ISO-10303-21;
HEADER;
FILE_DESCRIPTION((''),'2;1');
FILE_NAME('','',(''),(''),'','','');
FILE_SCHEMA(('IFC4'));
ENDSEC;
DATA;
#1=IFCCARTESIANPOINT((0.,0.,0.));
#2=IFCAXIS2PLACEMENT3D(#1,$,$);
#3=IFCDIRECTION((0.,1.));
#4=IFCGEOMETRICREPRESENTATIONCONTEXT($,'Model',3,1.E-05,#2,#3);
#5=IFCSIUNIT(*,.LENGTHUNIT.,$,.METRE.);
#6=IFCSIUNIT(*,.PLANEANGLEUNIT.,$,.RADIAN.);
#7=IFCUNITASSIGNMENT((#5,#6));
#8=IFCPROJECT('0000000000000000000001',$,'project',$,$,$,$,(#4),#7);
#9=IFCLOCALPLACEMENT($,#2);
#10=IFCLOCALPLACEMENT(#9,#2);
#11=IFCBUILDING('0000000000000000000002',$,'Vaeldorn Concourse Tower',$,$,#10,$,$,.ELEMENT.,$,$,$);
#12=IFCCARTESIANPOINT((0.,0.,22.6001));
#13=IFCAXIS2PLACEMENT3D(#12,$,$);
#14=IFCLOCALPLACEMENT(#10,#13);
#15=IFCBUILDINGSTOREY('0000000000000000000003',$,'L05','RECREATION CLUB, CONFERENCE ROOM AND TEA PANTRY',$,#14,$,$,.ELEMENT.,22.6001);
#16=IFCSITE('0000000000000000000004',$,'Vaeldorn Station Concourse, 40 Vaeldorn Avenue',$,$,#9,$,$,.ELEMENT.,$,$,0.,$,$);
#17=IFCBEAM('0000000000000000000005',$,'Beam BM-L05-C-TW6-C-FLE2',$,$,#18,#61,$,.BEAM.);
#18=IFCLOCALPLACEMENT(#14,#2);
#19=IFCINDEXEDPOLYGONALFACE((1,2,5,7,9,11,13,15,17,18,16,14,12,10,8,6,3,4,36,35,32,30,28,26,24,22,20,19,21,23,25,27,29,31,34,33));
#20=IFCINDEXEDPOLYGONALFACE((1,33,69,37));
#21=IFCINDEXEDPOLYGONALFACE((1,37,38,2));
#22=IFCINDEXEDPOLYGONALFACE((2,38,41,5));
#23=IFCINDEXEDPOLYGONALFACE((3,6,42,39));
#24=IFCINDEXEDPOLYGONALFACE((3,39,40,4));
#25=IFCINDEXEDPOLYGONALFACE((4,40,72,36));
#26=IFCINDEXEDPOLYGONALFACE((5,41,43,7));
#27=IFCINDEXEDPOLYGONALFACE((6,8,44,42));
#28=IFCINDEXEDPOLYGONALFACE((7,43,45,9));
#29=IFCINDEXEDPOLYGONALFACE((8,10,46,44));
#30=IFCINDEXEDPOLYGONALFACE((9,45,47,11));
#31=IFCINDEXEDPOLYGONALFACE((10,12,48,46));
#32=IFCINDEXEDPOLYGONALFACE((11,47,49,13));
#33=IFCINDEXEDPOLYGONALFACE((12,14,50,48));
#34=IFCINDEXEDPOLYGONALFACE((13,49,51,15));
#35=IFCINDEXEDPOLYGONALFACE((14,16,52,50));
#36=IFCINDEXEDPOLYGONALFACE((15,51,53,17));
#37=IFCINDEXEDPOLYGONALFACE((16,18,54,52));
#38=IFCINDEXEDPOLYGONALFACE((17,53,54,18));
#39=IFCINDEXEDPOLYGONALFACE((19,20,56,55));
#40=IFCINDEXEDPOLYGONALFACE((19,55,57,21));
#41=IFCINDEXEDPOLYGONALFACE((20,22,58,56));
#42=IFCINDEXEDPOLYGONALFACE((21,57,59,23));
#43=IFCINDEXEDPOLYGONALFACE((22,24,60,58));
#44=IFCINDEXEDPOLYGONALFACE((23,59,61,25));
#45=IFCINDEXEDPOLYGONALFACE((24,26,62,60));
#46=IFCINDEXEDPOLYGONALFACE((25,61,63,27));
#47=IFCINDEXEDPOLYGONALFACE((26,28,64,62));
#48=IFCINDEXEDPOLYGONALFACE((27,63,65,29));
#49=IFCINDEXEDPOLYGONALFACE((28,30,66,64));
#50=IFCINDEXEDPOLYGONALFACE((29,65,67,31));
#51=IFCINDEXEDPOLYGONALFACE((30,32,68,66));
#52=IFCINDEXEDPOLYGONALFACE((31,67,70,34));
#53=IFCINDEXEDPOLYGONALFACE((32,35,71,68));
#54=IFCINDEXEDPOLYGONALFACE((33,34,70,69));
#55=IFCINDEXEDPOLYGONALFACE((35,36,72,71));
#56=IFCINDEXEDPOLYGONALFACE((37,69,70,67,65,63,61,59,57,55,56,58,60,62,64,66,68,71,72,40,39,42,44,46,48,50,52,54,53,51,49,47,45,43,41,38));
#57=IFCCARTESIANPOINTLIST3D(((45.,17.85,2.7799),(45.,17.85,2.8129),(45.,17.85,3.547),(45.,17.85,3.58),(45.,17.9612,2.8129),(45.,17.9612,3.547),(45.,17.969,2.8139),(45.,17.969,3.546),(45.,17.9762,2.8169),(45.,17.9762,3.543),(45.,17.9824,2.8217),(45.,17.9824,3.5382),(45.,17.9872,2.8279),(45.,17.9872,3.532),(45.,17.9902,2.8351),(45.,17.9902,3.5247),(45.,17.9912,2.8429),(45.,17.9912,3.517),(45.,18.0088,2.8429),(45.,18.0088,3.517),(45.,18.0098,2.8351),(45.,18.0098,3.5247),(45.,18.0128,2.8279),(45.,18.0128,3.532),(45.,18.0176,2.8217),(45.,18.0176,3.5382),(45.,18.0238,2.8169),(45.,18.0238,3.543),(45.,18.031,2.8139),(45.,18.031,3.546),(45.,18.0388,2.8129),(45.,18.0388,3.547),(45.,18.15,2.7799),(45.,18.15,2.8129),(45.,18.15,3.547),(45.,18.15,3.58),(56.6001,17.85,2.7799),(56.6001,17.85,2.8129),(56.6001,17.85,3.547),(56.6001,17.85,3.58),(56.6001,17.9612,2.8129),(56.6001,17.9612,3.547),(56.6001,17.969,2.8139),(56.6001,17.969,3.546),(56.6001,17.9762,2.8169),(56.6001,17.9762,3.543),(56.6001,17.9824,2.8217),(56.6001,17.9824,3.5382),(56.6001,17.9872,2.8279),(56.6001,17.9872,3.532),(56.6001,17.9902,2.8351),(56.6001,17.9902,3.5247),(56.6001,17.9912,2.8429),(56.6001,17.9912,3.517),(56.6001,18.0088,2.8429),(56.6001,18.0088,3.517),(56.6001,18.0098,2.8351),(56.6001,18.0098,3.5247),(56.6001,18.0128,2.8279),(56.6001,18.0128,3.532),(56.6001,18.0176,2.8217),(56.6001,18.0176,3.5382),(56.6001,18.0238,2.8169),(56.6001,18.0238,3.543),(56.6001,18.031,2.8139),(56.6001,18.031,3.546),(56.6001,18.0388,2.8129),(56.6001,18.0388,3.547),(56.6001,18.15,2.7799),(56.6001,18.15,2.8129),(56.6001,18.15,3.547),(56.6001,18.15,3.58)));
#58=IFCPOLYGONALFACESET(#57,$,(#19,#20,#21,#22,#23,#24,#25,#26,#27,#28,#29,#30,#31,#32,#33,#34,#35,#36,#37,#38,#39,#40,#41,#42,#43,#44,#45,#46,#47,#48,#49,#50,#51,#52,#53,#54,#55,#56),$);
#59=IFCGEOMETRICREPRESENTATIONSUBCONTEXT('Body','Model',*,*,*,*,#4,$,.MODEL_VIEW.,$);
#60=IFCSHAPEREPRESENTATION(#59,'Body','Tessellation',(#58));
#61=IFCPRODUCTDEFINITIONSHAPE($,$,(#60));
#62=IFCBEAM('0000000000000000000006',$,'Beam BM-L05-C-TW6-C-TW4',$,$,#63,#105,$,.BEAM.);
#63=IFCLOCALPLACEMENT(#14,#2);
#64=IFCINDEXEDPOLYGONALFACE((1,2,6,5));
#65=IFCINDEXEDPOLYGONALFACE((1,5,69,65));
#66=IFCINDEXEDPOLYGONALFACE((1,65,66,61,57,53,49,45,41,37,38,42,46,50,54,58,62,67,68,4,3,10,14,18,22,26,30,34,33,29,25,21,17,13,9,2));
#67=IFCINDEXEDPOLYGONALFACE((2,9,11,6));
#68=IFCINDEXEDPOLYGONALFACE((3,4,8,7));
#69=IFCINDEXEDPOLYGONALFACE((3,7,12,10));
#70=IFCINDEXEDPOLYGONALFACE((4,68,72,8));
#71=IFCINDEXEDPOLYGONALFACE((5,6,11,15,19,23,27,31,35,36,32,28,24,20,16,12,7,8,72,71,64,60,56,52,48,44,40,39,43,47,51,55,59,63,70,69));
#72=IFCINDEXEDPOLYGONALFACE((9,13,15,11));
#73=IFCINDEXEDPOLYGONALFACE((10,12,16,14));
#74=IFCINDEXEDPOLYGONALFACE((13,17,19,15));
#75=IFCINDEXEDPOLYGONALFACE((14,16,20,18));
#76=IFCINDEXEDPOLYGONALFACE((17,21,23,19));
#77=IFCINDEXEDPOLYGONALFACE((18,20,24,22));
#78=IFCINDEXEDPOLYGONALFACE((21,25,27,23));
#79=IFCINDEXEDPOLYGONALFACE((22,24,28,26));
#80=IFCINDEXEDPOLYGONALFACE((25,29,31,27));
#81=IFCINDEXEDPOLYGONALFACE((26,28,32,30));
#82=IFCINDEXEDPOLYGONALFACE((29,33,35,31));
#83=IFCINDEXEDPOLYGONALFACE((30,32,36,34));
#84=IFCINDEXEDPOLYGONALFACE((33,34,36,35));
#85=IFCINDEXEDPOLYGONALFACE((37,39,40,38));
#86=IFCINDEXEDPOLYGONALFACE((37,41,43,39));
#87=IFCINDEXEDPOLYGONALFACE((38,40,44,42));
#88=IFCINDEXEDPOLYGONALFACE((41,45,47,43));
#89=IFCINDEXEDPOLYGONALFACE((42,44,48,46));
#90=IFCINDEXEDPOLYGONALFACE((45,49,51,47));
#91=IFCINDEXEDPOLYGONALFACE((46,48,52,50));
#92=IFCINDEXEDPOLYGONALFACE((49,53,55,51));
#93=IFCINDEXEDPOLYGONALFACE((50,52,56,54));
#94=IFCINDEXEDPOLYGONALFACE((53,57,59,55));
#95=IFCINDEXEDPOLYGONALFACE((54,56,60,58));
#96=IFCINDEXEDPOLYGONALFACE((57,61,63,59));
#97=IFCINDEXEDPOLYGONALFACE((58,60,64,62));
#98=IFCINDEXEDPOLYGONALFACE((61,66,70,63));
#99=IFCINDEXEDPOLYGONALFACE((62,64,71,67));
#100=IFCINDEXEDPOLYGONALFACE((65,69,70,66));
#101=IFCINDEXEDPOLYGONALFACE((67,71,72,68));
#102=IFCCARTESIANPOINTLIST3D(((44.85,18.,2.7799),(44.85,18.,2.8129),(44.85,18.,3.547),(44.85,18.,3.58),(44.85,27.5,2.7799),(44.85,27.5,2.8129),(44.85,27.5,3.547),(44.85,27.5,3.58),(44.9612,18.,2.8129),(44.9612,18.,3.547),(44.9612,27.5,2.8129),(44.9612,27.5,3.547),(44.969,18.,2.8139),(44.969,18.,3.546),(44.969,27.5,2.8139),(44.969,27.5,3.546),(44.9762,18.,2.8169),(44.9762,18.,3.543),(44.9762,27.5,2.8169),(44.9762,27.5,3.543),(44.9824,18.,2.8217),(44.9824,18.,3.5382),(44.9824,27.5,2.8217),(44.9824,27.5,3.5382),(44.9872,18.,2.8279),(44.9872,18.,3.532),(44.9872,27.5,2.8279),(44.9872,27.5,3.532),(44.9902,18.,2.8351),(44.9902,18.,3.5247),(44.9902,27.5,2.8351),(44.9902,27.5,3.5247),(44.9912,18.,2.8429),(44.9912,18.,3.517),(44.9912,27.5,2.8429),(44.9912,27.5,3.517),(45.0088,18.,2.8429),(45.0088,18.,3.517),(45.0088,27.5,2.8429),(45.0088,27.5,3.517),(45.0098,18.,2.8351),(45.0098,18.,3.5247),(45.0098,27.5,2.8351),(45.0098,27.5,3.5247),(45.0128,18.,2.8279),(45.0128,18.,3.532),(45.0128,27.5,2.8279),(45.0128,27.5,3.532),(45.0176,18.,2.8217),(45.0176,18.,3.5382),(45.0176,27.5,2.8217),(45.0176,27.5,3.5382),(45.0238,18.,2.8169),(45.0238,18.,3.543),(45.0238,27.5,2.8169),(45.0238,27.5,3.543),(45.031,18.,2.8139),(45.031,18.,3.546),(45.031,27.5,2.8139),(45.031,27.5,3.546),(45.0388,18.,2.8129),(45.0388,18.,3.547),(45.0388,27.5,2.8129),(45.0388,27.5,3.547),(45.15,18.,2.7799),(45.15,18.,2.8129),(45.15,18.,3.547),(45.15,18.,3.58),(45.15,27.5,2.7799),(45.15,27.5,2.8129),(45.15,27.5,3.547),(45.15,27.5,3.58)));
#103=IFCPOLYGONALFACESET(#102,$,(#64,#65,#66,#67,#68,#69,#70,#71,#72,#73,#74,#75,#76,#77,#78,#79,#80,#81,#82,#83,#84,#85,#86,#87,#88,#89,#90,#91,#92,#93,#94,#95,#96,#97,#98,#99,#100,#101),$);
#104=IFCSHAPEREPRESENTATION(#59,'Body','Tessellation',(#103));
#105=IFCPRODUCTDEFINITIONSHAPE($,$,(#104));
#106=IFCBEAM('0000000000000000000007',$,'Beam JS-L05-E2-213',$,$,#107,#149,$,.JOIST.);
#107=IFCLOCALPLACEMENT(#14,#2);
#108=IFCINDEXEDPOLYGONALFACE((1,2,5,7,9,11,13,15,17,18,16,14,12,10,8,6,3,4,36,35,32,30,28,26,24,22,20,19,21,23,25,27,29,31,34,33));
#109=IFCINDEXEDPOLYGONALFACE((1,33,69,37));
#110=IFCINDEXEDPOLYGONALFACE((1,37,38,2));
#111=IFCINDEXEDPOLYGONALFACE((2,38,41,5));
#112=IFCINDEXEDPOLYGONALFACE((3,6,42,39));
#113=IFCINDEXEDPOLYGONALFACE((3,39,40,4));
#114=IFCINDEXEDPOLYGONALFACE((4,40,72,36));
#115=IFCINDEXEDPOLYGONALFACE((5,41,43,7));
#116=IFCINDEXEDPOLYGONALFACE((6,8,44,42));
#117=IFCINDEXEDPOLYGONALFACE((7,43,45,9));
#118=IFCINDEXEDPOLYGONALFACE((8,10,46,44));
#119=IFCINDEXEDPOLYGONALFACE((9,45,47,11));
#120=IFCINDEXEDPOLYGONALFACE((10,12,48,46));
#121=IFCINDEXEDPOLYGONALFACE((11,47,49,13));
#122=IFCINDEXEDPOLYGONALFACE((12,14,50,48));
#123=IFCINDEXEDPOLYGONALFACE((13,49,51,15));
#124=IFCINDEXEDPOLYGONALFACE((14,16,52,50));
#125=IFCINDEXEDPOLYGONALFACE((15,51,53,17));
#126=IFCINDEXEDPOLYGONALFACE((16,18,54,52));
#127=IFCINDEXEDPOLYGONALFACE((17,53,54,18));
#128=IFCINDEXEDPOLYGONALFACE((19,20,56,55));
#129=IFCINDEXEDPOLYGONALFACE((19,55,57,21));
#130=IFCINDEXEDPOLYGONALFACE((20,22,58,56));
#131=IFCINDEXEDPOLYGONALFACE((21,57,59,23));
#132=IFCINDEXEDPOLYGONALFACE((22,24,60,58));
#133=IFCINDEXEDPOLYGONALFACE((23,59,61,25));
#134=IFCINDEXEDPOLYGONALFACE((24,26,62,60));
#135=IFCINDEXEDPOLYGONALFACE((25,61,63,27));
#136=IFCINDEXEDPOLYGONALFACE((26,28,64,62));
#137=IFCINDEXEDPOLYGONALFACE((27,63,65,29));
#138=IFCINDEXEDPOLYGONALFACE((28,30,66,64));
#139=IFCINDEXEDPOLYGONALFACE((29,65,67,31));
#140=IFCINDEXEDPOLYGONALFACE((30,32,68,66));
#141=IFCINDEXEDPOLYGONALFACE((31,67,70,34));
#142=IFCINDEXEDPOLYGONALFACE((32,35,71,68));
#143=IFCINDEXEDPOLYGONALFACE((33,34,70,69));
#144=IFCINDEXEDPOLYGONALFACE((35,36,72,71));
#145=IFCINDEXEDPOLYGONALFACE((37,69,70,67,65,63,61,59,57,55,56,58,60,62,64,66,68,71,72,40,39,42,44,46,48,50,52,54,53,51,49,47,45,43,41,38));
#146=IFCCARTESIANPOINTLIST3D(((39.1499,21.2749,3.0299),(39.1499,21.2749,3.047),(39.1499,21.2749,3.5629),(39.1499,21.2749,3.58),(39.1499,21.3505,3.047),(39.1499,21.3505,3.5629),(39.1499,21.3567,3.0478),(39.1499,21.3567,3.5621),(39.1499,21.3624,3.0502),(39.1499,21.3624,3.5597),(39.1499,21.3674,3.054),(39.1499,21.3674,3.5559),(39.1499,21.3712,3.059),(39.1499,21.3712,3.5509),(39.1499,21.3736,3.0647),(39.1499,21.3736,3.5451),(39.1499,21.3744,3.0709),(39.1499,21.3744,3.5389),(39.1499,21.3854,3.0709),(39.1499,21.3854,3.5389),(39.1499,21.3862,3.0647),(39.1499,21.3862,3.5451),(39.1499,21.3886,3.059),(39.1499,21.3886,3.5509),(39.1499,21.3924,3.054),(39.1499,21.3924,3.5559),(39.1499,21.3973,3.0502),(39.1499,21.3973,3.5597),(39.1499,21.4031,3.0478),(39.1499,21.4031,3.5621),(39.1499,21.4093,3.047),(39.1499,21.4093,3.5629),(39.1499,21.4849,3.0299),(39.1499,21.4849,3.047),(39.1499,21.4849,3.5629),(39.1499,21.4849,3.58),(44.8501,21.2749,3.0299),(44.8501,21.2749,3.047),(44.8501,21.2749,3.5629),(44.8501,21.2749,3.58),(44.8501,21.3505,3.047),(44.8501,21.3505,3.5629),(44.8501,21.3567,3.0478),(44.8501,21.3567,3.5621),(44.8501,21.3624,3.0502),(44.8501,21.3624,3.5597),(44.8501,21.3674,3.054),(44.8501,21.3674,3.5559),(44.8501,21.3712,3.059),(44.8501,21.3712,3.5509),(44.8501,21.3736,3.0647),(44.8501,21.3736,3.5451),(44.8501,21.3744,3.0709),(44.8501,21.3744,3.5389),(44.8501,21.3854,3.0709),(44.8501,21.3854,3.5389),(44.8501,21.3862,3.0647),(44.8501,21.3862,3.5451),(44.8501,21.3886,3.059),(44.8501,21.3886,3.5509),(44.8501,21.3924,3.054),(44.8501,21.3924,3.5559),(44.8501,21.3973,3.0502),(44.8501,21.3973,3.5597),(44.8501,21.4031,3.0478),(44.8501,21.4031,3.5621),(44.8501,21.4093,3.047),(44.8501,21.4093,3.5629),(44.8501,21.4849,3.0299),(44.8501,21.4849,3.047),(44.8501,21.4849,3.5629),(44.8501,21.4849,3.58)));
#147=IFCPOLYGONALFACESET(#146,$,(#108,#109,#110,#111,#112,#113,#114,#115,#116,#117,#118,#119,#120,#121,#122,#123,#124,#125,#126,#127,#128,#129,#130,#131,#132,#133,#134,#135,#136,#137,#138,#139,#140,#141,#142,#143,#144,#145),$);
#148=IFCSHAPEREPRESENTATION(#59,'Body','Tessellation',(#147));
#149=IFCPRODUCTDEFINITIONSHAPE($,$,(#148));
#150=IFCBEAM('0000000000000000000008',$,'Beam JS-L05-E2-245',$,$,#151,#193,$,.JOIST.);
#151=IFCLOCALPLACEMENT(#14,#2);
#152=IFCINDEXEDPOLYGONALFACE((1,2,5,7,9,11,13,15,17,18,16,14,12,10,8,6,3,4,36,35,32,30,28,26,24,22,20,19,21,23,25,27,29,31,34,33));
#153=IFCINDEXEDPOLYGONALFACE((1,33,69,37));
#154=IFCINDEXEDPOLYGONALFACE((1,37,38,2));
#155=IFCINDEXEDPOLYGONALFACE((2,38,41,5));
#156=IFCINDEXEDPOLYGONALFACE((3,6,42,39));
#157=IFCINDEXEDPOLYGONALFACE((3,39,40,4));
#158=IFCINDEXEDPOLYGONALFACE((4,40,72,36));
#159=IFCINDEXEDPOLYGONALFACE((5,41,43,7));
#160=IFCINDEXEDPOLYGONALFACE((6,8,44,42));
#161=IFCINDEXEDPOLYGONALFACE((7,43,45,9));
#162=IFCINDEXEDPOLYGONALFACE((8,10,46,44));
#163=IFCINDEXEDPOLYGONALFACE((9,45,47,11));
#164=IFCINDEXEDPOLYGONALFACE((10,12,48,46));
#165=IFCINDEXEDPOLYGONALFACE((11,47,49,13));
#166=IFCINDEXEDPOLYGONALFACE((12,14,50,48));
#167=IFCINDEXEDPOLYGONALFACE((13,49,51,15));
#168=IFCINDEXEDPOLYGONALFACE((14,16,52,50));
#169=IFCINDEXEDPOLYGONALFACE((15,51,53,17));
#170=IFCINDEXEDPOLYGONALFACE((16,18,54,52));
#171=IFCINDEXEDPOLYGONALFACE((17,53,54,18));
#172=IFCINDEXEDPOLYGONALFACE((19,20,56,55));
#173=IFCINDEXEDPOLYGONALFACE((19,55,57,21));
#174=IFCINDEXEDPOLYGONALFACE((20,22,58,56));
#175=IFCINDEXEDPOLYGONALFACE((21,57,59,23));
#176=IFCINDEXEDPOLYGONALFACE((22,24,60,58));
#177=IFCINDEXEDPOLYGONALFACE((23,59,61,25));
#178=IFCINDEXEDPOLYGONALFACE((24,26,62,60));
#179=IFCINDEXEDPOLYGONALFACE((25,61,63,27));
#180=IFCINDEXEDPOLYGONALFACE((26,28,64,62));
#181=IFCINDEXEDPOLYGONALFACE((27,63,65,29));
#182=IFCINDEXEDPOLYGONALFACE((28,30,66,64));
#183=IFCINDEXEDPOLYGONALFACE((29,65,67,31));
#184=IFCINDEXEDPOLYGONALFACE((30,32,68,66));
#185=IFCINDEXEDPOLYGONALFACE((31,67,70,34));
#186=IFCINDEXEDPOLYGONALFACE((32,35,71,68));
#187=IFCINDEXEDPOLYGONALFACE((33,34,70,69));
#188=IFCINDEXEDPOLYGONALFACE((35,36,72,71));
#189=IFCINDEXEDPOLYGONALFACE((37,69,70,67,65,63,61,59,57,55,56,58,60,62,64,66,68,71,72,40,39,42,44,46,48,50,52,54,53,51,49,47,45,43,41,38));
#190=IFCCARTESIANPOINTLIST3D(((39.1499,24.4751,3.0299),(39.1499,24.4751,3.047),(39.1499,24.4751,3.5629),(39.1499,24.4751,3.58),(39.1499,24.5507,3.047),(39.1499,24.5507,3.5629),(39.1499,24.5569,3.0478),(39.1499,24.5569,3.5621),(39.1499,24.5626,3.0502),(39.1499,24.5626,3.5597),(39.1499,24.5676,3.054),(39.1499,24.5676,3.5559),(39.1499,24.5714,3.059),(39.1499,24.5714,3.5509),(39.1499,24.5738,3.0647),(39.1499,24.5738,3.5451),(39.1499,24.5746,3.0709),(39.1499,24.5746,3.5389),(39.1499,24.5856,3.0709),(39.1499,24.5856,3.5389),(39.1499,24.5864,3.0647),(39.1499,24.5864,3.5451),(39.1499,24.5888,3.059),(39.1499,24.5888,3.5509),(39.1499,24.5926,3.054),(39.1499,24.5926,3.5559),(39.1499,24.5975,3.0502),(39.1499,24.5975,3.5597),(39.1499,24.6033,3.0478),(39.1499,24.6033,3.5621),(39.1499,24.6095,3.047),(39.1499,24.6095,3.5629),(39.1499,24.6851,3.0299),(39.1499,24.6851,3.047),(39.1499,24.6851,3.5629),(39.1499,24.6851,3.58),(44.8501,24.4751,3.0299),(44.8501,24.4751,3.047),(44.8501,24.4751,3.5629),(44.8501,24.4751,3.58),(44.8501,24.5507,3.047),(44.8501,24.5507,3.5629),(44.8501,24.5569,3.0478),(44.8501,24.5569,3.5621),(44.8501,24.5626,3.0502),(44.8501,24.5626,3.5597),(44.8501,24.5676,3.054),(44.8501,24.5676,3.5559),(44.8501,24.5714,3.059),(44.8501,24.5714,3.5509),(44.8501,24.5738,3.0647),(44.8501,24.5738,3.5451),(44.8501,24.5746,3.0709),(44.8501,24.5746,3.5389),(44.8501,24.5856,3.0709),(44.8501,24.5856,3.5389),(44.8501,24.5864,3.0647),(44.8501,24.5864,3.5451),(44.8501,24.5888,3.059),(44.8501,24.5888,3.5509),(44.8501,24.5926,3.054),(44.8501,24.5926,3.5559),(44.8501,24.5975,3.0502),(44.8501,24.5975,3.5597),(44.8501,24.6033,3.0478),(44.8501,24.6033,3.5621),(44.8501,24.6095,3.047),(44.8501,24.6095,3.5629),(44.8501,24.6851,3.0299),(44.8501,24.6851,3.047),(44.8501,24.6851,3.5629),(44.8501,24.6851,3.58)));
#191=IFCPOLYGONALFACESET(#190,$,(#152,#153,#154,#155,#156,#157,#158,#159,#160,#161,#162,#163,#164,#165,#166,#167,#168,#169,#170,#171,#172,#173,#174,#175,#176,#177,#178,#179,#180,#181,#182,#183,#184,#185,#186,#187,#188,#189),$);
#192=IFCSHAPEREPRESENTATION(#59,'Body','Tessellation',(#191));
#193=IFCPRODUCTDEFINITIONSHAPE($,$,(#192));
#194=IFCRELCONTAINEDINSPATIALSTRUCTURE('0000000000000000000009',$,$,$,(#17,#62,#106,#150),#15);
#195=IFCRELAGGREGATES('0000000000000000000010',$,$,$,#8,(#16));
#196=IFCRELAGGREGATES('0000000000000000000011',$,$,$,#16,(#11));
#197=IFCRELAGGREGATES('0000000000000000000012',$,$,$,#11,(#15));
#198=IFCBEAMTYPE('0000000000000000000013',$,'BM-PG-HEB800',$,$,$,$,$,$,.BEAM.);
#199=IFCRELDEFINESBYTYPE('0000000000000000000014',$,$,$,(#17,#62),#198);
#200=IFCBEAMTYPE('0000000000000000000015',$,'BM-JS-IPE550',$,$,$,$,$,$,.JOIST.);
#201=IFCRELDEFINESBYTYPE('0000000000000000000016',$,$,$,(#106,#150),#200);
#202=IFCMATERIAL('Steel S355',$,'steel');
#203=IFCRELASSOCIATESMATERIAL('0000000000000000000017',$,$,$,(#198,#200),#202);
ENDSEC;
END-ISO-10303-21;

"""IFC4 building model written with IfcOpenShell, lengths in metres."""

from ifc_helpers import new_model, si_unit, direction, frame, origin, origin_2d, place, context, subcontext, project, spatial, i_section, extrude, source, transform, mapped, material, material_profile, profile_set, type_object, element, save


model = new_model("IFC4")

# Units and contexts
model_context = context("Model", 3, precision=1e-05, world=origin(), true_north=direction((0.0, 1.0)))
body_context = subcontext(model_context, "Body", "Model", "MODEL_VIEW")
ifc_project = project(units=[si_unit("LENGTHUNIT", "METRE"), si_unit("PLANEANGLEUNIT", "RADIAN")], contexts=[model_context])

# Site, building, storey
site_placement = place(None, origin())
site = spatial("IfcSite", under=ifc_project, at=site_placement, Name="Vaeldorn Station Concourse, 40 Vaeldorn Avenue", CompositionType="ELEMENT", RefElevation=0.0)
building_placement = place(site_placement, origin())
building = spatial("IfcBuilding", under=site, at=building_placement, Name="Vaeldorn Concourse Tower", CompositionType="ELEMENT")
storey_placement = place(building_placement, frame((0.0, 0.0, 22.6001)))
storey = spatial("IfcBuildingStorey", under=building, at=storey_placement, Name="L05", Description="RECREATION CLUB, CONFERENCE ROOM AND TEA PANTRY", CompositionType="ELEMENT", Elevation=22.6001)

# Beams
ifc_material_1 = material(Name="Steel S355", Category="steel")
ifc_material_profile_1 = material_profile(ifc_material_1, i_section(OverallWidth=0.3, OverallDepth=0.8, WebThickness=0.0176, FlangeThickness=0.033, FilletRadius=0.03, at=origin_2d()), Name="HEB 800")
ifc_profile_set_1 = profile_set([ifc_material_profile_1], Name="Steel S355")
beam_type_1 = type_object("IfcBeamType", Name="BM-PG-HEB800", PredefinedType="BEAM", material=ifc_profile_set_1)
shared_shape_1 = source(origin(), body_context, "Body", "SweptSolid", [
    extrude(i_section(OverallWidth=0.3, OverallDepth=0.8, WebThickness=0.0176, FlangeThickness=0.033, FilletRadius=0.03, at=origin_2d()), origin(), (0.0, 0.0, 1.0), 11.6001),
])
beam_1_placement = place(storey_placement, frame((45.0, 18.0, 3.1799), z_axis=(1.0, 0.0, 0.0), x_axis=(0.0, 1.0, 0.0)))
element("IfcBeam", 1, at=beam_1_placement, inside=storey, type_object=beam_type_1, Name="Beam BM-L05-C-TW6-C-FLE2", PredefinedType="BEAM", context=body_context, shape_type="MappedRepresentation", body=[
    mapped(shared_shape_1, transform((0.0, 0.0, 0.0), scale=1.0)),
])
shared_shape_2 = source(origin(), body_context, "Body", "SweptSolid", [
    extrude(i_section(OverallWidth=0.3, OverallDepth=0.8, WebThickness=0.0176, FlangeThickness=0.033, FilletRadius=0.03, at=origin_2d()), origin(), (0.0, 0.0, 1.0), 9.5),
])
beam_2_placement = place(storey_placement, frame((45.0, 18.0, 3.1799), z_axis=(0.0, 1.0, 0.0), x_axis=(-1.0, 0.0, 0.0)))
element("IfcBeam", 2, at=beam_2_placement, inside=storey, type_object=beam_type_1, Name="Beam BM-L05-C-TW6-C-TW4", PredefinedType="BEAM", context=body_context, shape_type="MappedRepresentation", body=[
    mapped(shared_shape_2, transform((0.0, 0.0, 0.0), scale=1.0)),
])
ifc_material_profile_2 = material_profile(ifc_material_1, i_section(OverallWidth=0.21, OverallDepth=0.55, WebThickness=0.011, FlangeThickness=0.0171, FilletRadius=0.0239, at=origin_2d()), Name="IPE 550")
ifc_profile_set_2 = profile_set([ifc_material_profile_2], Name="Steel S355")
beam_type_2 = type_object("IfcBeamType", Name="BM-JS-IPE550", PredefinedType="JOIST", material=ifc_profile_set_2)
shared_shape_3 = source(origin(), body_context, "Body", "SweptSolid", [
    extrude(i_section(OverallWidth=0.21, OverallDepth=0.55, WebThickness=0.011, FlangeThickness=0.0171, FilletRadius=0.0239, at=origin_2d()), origin(), (0.0, 0.0, 1.0), 5.7002),
])
for number, where, z_axis, x_axis, name in (
    (3, (39.1499, 21.3799, 3.3049), (1.0, 0.0, 0.0), (0.0, 1.0, 0.0), "Beam JS-L05-E2-213"),
    (4, (39.1499, 24.5801, 3.3049), (1.0, 0.0, 0.0), (0.0, 1.0, 0.0), "Beam JS-L05-E2-245"),
):
    element("IfcBeam", number, at=place(storey_placement, frame(where, z_axis=z_axis, x_axis=x_axis)), inside=storey, type_object=beam_type_2, Name=name, PredefinedType="JOIST", context=body_context, shape_type="MappedRepresentation", body=[
        mapped(shared_shape_3, transform((0.0, 0.0, 0.0), scale=1.0)),
    ])

save(model, "model.ifc")
